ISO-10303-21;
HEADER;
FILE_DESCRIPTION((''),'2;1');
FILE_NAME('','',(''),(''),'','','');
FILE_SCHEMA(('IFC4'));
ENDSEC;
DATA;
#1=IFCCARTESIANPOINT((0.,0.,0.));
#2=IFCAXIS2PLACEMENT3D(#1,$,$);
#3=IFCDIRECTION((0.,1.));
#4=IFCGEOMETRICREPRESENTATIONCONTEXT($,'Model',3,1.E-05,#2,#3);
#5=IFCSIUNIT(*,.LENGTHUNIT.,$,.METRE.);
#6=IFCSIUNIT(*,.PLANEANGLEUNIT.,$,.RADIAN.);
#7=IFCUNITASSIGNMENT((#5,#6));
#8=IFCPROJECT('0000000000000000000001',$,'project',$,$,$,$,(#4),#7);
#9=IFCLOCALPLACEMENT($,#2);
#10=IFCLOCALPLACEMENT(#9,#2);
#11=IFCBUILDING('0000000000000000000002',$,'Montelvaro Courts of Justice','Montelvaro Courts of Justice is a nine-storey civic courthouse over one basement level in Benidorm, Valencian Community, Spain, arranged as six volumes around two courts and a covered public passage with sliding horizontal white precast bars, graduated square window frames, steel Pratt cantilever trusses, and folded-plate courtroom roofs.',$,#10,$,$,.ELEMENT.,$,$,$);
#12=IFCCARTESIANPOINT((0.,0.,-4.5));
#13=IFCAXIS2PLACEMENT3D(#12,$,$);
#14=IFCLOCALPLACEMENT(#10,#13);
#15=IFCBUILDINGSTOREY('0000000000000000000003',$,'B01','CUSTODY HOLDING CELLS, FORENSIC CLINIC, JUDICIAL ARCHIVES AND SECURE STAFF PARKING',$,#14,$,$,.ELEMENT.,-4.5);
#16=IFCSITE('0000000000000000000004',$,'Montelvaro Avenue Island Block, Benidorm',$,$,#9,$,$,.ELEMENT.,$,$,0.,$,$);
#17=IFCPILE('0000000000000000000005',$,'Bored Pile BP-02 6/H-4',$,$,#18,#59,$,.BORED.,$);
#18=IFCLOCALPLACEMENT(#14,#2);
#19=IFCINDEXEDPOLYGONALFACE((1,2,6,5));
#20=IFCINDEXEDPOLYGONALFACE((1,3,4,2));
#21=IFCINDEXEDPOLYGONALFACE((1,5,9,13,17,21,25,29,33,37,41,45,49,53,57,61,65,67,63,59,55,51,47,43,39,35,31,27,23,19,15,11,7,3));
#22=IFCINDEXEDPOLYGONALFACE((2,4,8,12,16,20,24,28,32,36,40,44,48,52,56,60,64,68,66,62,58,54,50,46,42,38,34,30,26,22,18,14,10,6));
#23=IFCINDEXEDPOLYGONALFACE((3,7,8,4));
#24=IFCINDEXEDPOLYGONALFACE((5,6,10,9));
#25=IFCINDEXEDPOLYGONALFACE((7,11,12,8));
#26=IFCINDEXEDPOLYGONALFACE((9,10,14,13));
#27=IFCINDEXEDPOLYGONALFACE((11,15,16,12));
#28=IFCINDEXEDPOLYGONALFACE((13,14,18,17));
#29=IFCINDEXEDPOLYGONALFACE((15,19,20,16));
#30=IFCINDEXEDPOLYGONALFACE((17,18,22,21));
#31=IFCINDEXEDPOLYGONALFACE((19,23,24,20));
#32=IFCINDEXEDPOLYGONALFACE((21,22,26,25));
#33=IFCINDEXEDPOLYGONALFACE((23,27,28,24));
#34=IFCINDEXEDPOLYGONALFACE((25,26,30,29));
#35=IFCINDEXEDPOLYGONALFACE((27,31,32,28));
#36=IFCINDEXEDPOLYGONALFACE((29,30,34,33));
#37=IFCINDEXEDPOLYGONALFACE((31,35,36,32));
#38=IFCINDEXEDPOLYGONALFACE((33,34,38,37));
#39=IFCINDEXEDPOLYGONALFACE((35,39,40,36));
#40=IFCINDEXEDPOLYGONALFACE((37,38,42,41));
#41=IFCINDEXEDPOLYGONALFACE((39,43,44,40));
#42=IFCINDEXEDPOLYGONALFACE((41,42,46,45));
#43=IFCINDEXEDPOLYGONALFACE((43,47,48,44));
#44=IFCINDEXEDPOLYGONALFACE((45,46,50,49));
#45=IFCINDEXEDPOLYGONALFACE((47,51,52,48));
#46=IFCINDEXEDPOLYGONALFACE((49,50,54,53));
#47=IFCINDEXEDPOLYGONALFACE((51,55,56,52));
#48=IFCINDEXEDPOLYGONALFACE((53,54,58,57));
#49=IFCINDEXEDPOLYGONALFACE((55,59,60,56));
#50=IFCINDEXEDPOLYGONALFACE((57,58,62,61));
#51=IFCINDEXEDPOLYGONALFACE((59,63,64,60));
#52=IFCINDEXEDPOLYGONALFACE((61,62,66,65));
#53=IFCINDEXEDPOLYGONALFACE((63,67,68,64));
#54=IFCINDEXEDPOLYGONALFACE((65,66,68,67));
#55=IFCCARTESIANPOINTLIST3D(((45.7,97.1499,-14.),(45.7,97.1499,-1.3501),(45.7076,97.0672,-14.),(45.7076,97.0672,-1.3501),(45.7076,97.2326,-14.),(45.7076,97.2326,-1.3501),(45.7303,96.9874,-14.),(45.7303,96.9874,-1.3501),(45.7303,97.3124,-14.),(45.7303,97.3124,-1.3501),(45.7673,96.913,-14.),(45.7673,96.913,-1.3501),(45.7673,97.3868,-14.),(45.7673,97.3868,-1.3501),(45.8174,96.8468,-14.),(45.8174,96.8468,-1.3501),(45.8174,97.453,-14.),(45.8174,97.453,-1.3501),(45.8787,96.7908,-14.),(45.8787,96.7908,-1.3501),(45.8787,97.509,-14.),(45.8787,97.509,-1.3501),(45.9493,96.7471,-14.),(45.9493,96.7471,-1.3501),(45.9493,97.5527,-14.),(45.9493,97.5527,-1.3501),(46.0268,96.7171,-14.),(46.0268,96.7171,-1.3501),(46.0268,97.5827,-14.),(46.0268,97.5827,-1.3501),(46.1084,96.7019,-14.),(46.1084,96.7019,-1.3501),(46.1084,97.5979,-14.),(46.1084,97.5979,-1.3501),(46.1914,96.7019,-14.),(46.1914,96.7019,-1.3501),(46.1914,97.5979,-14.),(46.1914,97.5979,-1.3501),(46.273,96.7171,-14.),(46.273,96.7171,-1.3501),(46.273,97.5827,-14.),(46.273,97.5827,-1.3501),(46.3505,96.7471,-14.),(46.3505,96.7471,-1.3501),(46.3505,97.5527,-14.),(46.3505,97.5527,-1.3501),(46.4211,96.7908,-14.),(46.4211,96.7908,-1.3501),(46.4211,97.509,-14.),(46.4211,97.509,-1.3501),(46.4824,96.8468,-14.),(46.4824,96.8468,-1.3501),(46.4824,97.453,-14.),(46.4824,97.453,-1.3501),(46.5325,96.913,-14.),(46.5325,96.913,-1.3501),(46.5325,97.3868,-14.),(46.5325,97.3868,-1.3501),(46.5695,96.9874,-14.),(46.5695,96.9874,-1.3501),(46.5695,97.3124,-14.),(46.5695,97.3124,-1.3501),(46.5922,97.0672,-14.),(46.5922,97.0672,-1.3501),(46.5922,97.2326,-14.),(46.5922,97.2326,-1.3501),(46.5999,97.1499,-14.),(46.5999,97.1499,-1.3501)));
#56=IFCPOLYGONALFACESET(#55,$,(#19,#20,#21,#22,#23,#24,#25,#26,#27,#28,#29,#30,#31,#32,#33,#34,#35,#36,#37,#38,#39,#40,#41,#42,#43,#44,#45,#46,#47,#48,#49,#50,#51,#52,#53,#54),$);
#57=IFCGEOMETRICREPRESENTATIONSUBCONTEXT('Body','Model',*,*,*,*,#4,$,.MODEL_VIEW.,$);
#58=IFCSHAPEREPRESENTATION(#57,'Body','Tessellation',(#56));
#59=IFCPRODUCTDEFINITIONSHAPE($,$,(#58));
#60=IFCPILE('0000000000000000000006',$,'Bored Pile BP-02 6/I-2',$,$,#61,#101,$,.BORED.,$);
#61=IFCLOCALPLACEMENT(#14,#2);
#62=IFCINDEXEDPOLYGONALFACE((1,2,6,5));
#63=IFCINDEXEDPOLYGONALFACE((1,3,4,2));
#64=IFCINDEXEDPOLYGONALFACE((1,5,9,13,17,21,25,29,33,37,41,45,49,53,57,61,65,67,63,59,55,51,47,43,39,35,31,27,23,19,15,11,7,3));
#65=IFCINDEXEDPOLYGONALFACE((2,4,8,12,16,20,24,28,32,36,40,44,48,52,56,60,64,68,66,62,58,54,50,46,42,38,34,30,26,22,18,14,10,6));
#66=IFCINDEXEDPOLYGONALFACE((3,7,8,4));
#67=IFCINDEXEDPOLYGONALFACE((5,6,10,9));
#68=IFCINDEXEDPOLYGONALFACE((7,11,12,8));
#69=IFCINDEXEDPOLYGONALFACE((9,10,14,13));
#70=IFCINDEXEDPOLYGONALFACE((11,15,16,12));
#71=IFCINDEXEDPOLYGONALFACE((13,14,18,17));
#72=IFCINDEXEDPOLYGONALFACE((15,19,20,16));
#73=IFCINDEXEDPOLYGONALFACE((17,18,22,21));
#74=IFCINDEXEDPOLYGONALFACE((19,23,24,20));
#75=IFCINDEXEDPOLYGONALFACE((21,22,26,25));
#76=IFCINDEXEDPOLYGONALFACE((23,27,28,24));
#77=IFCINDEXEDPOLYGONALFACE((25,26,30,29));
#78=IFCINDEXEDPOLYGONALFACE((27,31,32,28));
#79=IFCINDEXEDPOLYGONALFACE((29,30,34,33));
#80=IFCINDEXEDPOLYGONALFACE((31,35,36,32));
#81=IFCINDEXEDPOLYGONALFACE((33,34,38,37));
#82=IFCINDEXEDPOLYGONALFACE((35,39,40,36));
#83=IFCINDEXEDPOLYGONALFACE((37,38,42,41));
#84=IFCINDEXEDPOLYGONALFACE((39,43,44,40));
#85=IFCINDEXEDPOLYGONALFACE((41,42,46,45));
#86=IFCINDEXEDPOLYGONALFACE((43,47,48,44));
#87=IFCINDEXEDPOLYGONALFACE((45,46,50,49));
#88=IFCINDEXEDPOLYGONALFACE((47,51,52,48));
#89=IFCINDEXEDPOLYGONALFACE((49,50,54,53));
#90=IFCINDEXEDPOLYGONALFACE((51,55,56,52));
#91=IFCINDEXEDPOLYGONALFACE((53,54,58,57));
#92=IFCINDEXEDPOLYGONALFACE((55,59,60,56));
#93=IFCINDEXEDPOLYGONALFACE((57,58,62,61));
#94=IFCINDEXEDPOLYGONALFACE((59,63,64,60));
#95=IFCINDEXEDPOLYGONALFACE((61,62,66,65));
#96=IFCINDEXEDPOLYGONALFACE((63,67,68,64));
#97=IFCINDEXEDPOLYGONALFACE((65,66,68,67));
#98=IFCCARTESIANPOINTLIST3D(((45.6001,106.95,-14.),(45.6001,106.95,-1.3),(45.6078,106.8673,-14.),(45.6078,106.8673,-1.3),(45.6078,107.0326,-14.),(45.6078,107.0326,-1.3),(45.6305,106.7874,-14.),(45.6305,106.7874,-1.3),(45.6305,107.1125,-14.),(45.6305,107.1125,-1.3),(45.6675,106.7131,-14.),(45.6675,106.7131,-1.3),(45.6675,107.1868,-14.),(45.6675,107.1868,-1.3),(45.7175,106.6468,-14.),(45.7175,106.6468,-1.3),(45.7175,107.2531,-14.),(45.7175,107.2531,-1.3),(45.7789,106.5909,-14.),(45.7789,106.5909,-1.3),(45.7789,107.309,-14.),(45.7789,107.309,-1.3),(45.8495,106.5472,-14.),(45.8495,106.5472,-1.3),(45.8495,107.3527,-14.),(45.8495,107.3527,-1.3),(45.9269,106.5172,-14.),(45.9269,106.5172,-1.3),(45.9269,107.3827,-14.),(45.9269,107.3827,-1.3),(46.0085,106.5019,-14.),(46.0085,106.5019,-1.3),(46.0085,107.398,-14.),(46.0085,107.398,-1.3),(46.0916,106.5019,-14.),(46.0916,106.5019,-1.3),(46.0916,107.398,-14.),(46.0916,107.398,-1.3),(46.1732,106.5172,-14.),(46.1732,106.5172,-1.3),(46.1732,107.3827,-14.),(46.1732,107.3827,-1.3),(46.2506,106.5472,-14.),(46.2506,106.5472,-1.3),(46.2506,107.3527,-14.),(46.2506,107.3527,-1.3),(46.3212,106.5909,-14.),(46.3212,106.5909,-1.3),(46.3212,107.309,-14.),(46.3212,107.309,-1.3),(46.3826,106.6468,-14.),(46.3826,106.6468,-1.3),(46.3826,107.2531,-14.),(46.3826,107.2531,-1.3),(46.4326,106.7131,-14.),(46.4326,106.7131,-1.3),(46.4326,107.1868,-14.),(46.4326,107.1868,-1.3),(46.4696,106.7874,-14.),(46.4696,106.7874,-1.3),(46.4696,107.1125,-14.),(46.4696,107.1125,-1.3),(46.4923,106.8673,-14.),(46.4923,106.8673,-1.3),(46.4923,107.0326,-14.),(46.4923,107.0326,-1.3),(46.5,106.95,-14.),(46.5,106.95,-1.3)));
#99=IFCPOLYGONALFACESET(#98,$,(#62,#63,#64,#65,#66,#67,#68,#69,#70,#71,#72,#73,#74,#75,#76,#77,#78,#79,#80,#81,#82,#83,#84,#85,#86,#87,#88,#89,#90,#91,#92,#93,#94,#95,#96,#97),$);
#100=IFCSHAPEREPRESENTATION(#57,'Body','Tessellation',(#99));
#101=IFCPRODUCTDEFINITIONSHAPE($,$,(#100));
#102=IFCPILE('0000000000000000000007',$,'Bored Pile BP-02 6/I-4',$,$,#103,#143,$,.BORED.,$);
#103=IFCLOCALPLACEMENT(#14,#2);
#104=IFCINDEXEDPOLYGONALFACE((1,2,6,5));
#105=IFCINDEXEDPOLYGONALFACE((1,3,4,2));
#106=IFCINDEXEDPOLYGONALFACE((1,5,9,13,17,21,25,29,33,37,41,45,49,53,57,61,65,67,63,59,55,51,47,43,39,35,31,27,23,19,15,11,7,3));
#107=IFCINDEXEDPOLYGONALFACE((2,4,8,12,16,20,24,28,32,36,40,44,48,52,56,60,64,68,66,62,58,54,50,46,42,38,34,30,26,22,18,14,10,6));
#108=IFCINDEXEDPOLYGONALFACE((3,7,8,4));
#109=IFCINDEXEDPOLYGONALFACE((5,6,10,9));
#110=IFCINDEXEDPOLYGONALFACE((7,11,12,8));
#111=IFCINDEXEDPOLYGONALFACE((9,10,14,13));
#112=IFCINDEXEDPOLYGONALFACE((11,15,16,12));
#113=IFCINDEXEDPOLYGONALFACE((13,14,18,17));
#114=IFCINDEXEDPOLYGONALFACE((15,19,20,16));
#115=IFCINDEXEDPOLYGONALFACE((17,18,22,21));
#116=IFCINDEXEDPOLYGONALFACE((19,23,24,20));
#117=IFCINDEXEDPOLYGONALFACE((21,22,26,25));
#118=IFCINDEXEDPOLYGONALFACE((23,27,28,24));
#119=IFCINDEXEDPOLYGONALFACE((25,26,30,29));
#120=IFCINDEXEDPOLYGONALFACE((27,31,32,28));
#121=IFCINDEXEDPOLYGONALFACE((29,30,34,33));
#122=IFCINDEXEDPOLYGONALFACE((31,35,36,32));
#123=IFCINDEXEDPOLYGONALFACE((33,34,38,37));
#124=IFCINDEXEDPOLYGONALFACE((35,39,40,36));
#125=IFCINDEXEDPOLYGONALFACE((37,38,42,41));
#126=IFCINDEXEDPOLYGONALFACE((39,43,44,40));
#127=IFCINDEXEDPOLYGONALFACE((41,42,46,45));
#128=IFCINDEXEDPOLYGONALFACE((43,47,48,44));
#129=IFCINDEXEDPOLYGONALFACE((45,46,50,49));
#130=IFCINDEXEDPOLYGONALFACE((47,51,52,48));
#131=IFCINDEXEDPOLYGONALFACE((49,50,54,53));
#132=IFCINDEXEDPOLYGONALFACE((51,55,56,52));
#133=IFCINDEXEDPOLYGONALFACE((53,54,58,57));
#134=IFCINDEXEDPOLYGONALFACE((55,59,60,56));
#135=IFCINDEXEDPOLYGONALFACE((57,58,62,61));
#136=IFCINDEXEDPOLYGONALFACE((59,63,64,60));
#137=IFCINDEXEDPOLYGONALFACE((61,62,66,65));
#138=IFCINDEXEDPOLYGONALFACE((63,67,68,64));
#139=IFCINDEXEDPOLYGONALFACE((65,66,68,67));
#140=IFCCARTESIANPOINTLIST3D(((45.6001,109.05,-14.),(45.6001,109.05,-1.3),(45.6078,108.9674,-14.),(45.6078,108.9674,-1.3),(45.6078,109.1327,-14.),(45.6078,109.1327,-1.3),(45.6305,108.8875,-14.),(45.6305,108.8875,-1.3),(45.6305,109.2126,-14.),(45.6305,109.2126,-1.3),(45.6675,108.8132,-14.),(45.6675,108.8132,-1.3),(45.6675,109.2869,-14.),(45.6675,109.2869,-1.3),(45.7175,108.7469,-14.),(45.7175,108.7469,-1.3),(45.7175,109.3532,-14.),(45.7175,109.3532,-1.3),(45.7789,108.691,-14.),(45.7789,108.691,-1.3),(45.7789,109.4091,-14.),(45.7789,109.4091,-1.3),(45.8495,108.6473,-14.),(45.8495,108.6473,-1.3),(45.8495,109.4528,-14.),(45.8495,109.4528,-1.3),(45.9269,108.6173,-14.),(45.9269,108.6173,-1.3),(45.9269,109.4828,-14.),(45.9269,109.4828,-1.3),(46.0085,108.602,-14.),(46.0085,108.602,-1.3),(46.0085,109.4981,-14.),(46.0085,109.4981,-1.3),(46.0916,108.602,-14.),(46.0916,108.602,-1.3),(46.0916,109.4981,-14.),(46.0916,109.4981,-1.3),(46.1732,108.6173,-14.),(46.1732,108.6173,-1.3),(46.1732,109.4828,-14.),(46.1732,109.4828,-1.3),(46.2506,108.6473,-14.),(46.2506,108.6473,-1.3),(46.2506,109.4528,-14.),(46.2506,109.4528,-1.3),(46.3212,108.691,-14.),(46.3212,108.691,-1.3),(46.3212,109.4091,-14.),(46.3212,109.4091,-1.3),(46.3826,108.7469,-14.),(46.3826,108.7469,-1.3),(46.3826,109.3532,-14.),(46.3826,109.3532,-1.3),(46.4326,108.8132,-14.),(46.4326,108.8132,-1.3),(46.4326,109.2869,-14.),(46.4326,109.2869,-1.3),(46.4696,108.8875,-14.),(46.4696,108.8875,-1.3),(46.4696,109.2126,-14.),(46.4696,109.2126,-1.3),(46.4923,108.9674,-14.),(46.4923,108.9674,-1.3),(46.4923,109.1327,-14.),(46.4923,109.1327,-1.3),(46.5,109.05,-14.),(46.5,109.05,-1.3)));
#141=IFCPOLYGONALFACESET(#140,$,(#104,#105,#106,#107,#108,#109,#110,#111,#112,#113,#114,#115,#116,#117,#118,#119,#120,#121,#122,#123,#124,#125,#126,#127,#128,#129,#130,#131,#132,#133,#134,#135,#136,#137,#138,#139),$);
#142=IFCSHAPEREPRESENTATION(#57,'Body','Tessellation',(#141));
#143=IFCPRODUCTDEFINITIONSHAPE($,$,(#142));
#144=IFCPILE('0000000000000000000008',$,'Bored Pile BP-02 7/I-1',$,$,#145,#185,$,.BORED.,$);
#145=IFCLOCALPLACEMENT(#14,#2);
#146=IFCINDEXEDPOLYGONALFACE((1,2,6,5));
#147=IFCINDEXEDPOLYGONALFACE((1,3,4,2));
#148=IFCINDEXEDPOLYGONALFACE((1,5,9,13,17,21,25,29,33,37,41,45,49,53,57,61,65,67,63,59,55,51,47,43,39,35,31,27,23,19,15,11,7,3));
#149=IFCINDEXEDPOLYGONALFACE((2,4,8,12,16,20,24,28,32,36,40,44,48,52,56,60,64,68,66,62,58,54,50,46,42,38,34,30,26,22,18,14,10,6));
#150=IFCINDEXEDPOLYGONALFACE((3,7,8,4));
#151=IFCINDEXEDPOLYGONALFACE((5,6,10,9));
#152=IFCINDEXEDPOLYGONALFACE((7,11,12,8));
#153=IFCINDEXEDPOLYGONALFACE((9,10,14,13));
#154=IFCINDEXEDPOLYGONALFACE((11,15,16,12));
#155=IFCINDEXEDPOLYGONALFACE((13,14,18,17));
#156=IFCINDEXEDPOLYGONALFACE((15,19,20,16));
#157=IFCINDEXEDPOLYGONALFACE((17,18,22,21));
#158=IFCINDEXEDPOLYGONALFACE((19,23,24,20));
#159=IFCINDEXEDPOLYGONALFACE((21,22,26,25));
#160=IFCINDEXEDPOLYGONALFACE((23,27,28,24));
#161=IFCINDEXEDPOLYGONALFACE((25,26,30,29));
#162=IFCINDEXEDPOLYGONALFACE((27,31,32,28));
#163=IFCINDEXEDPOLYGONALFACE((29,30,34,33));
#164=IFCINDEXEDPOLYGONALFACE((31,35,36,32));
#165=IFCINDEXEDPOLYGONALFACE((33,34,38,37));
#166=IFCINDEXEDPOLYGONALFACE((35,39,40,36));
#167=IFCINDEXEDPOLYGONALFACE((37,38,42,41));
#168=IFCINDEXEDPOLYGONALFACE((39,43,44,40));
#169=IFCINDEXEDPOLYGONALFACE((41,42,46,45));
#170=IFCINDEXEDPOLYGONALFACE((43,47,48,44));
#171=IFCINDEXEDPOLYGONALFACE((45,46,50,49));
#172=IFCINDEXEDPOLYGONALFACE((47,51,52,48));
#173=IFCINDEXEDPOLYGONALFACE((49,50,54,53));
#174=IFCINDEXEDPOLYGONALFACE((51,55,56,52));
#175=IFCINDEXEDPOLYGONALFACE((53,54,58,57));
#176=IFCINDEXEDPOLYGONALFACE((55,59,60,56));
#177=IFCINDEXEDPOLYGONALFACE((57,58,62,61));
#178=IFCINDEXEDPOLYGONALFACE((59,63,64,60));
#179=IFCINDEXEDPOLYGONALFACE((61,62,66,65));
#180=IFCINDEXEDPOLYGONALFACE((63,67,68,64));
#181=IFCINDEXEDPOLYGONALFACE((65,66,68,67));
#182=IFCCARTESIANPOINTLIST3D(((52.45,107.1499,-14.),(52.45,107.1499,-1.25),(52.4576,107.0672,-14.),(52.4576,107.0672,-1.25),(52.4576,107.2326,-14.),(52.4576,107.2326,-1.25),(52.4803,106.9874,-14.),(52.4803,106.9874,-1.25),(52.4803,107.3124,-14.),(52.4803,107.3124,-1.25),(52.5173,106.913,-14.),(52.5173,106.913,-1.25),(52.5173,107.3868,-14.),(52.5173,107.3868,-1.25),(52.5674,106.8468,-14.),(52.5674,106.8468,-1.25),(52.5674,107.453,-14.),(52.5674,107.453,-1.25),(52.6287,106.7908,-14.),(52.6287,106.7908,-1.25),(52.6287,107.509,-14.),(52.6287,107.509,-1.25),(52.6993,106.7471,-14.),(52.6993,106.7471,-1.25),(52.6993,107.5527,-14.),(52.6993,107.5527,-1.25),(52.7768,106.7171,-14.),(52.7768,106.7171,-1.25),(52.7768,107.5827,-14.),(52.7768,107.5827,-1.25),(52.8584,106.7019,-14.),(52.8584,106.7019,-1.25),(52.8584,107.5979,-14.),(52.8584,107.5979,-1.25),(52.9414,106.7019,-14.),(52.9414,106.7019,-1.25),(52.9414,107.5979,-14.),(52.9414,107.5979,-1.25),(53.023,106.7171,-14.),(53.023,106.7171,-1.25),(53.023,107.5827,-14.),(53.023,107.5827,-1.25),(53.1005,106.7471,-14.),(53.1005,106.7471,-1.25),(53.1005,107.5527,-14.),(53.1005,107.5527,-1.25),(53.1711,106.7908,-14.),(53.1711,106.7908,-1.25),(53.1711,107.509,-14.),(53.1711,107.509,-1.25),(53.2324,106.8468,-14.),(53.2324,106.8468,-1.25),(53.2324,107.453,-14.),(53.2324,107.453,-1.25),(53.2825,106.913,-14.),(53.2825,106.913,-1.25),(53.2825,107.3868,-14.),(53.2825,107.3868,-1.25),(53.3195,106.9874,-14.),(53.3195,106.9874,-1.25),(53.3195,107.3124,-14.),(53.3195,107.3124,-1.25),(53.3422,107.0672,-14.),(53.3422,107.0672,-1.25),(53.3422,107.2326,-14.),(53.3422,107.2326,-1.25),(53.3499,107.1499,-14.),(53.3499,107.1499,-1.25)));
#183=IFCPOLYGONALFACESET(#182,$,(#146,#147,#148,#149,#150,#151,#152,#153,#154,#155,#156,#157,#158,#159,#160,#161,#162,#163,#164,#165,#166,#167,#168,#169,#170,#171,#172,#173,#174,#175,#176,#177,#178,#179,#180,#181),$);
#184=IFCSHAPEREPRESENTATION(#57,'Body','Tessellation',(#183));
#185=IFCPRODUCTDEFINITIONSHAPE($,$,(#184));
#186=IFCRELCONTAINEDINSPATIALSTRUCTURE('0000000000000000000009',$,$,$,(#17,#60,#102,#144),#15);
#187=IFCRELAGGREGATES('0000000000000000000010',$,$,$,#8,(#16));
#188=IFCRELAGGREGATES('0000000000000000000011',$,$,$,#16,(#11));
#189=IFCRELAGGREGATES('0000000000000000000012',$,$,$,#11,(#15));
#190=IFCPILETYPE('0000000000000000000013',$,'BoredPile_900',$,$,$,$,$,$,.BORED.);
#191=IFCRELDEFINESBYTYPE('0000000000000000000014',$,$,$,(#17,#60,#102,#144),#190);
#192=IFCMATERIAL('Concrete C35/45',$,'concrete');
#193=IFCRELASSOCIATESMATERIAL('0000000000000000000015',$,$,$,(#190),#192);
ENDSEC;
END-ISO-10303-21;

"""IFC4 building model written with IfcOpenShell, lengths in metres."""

from ifc_helpers import new_model, si_unit, direction, frame, origin, origin_2d, place, context, subcontext, project, spatial, circle, extrude, material, material_profile, profile_set, type_object, element, save


model = new_model("IFC4")

# Units and contexts
model_context = context("Model", 3, precision=1e-05, world=origin(), true_north=direction((0.0, 1.0)))
body_context = subcontext(model_context, "Body", "Model", "MODEL_VIEW")
ifc_project = project(units=[si_unit("LENGTHUNIT", "METRE"), si_unit("PLANEANGLEUNIT", "RADIAN")], contexts=[model_context])

# Site, building, storey
site_placement = place(None, origin())
site = spatial("IfcSite", under=ifc_project, at=site_placement, Name="Montelvaro Avenue Island Block, Benidorm", CompositionType="ELEMENT", RefElevation=0.0)
building_placement = place(site_placement, origin())
building = spatial("IfcBuilding", under=site, at=building_placement, Name="Montelvaro Courts of Justice", Description="Montelvaro Courts of Justice is a nine-storey civic courthouse over one basement level in Benidorm, Valencian Community, Spain, arranged as six volumes around two courts and a covered public passage with sliding horizontal white precast bars, graduated square window frames, steel Pratt cantilever trusses, and folded-plate courtroom roofs.", CompositionType="ELEMENT")
storey_placement = place(building_placement, frame((0.0, 0.0, -4.5)))
storey = spatial("IfcBuildingStorey", under=building, at=storey_placement, Name="B01", Description="CUSTODY HOLDING CELLS, FORENSIC CLINIC, JUDICIAL ARCHIVES AND SECURE STAFF PARKING", CompositionType="ELEMENT", Elevation=-4.5)

# Piles
ifc_material_1 = material(Name="Concrete C35/45", Category="concrete")
ifc_material_profile_1 = material_profile(ifc_material_1, circle(Radius=0.45, at=origin_2d()), Name="BORED PILE D900")
ifc_profile_set_1 = profile_set([ifc_material_profile_1], Name="Concrete C35/45")
pile_type_1 = type_object("IfcPileType", Name="BoredPile_900", PredefinedType="BORED", material=ifc_profile_set_1)
pile_placement = place(storey_placement, frame((46.1499, 97.1499, -1.3501), z_axis=(0.0, 0.0, -1.0), x_axis=(1.0, 0.0, 0.0)))
element("IfcPile", 1, at=pile_placement, inside=storey, type_object=pile_type_1, Name="Bored Pile BP-02 6/H-4", PredefinedType="BORED", context=body_context, shape_type="SweptSolid", body=[
    extrude(circle(Radius=0.45, at=origin_2d()), origin(), (0.0, 0.0, 1.0), 12.6499),
])
for number, where, z_axis, x_axis, name in (
    (2, (46.05, 106.95, -1.3), (0.0, 0.0, -1.0), (1.0, 0.0, 0.0), "Bored Pile BP-02 6/I-2"),
    (3, (46.05, 109.05, -1.3), (0.0, 0.0, -1.0), (1.0, 0.0, 0.0), "Bored Pile BP-02 6/I-4"),
):
    element("IfcPile", number, at=place(storey_placement, frame(where, z_axis=z_axis, x_axis=x_axis)), inside=storey, type_object=pile_type_1, Name=name, PredefinedType="BORED", context=body_context, shape_type="SweptSolid", body=[
        extrude(circle(Radius=0.45, at=origin_2d()), origin(), (0.0, 0.0, 1.0), 12.7),
    ])
for number, where, z_axis, x_axis, name in (
    (4, (52.8999, 107.1499, -1.25), (0.0, 0.0, -1.0), (1.0, 0.0, 0.0), "Bored Pile BP-02 7/I-1"),
):
    element("IfcPile", number, at=place(storey_placement, frame(where, z_axis=z_axis, x_axis=x_axis)), inside=storey, type_object=pile_type_1, Name=name, PredefinedType="BORED", context=body_context, shape_type="SweptSolid", body=[
        extrude(circle(Radius=0.45, at=origin_2d()), origin(), (0.0, 0.0, 1.0), 12.75),
    ])

save(model, "model.ifc")
